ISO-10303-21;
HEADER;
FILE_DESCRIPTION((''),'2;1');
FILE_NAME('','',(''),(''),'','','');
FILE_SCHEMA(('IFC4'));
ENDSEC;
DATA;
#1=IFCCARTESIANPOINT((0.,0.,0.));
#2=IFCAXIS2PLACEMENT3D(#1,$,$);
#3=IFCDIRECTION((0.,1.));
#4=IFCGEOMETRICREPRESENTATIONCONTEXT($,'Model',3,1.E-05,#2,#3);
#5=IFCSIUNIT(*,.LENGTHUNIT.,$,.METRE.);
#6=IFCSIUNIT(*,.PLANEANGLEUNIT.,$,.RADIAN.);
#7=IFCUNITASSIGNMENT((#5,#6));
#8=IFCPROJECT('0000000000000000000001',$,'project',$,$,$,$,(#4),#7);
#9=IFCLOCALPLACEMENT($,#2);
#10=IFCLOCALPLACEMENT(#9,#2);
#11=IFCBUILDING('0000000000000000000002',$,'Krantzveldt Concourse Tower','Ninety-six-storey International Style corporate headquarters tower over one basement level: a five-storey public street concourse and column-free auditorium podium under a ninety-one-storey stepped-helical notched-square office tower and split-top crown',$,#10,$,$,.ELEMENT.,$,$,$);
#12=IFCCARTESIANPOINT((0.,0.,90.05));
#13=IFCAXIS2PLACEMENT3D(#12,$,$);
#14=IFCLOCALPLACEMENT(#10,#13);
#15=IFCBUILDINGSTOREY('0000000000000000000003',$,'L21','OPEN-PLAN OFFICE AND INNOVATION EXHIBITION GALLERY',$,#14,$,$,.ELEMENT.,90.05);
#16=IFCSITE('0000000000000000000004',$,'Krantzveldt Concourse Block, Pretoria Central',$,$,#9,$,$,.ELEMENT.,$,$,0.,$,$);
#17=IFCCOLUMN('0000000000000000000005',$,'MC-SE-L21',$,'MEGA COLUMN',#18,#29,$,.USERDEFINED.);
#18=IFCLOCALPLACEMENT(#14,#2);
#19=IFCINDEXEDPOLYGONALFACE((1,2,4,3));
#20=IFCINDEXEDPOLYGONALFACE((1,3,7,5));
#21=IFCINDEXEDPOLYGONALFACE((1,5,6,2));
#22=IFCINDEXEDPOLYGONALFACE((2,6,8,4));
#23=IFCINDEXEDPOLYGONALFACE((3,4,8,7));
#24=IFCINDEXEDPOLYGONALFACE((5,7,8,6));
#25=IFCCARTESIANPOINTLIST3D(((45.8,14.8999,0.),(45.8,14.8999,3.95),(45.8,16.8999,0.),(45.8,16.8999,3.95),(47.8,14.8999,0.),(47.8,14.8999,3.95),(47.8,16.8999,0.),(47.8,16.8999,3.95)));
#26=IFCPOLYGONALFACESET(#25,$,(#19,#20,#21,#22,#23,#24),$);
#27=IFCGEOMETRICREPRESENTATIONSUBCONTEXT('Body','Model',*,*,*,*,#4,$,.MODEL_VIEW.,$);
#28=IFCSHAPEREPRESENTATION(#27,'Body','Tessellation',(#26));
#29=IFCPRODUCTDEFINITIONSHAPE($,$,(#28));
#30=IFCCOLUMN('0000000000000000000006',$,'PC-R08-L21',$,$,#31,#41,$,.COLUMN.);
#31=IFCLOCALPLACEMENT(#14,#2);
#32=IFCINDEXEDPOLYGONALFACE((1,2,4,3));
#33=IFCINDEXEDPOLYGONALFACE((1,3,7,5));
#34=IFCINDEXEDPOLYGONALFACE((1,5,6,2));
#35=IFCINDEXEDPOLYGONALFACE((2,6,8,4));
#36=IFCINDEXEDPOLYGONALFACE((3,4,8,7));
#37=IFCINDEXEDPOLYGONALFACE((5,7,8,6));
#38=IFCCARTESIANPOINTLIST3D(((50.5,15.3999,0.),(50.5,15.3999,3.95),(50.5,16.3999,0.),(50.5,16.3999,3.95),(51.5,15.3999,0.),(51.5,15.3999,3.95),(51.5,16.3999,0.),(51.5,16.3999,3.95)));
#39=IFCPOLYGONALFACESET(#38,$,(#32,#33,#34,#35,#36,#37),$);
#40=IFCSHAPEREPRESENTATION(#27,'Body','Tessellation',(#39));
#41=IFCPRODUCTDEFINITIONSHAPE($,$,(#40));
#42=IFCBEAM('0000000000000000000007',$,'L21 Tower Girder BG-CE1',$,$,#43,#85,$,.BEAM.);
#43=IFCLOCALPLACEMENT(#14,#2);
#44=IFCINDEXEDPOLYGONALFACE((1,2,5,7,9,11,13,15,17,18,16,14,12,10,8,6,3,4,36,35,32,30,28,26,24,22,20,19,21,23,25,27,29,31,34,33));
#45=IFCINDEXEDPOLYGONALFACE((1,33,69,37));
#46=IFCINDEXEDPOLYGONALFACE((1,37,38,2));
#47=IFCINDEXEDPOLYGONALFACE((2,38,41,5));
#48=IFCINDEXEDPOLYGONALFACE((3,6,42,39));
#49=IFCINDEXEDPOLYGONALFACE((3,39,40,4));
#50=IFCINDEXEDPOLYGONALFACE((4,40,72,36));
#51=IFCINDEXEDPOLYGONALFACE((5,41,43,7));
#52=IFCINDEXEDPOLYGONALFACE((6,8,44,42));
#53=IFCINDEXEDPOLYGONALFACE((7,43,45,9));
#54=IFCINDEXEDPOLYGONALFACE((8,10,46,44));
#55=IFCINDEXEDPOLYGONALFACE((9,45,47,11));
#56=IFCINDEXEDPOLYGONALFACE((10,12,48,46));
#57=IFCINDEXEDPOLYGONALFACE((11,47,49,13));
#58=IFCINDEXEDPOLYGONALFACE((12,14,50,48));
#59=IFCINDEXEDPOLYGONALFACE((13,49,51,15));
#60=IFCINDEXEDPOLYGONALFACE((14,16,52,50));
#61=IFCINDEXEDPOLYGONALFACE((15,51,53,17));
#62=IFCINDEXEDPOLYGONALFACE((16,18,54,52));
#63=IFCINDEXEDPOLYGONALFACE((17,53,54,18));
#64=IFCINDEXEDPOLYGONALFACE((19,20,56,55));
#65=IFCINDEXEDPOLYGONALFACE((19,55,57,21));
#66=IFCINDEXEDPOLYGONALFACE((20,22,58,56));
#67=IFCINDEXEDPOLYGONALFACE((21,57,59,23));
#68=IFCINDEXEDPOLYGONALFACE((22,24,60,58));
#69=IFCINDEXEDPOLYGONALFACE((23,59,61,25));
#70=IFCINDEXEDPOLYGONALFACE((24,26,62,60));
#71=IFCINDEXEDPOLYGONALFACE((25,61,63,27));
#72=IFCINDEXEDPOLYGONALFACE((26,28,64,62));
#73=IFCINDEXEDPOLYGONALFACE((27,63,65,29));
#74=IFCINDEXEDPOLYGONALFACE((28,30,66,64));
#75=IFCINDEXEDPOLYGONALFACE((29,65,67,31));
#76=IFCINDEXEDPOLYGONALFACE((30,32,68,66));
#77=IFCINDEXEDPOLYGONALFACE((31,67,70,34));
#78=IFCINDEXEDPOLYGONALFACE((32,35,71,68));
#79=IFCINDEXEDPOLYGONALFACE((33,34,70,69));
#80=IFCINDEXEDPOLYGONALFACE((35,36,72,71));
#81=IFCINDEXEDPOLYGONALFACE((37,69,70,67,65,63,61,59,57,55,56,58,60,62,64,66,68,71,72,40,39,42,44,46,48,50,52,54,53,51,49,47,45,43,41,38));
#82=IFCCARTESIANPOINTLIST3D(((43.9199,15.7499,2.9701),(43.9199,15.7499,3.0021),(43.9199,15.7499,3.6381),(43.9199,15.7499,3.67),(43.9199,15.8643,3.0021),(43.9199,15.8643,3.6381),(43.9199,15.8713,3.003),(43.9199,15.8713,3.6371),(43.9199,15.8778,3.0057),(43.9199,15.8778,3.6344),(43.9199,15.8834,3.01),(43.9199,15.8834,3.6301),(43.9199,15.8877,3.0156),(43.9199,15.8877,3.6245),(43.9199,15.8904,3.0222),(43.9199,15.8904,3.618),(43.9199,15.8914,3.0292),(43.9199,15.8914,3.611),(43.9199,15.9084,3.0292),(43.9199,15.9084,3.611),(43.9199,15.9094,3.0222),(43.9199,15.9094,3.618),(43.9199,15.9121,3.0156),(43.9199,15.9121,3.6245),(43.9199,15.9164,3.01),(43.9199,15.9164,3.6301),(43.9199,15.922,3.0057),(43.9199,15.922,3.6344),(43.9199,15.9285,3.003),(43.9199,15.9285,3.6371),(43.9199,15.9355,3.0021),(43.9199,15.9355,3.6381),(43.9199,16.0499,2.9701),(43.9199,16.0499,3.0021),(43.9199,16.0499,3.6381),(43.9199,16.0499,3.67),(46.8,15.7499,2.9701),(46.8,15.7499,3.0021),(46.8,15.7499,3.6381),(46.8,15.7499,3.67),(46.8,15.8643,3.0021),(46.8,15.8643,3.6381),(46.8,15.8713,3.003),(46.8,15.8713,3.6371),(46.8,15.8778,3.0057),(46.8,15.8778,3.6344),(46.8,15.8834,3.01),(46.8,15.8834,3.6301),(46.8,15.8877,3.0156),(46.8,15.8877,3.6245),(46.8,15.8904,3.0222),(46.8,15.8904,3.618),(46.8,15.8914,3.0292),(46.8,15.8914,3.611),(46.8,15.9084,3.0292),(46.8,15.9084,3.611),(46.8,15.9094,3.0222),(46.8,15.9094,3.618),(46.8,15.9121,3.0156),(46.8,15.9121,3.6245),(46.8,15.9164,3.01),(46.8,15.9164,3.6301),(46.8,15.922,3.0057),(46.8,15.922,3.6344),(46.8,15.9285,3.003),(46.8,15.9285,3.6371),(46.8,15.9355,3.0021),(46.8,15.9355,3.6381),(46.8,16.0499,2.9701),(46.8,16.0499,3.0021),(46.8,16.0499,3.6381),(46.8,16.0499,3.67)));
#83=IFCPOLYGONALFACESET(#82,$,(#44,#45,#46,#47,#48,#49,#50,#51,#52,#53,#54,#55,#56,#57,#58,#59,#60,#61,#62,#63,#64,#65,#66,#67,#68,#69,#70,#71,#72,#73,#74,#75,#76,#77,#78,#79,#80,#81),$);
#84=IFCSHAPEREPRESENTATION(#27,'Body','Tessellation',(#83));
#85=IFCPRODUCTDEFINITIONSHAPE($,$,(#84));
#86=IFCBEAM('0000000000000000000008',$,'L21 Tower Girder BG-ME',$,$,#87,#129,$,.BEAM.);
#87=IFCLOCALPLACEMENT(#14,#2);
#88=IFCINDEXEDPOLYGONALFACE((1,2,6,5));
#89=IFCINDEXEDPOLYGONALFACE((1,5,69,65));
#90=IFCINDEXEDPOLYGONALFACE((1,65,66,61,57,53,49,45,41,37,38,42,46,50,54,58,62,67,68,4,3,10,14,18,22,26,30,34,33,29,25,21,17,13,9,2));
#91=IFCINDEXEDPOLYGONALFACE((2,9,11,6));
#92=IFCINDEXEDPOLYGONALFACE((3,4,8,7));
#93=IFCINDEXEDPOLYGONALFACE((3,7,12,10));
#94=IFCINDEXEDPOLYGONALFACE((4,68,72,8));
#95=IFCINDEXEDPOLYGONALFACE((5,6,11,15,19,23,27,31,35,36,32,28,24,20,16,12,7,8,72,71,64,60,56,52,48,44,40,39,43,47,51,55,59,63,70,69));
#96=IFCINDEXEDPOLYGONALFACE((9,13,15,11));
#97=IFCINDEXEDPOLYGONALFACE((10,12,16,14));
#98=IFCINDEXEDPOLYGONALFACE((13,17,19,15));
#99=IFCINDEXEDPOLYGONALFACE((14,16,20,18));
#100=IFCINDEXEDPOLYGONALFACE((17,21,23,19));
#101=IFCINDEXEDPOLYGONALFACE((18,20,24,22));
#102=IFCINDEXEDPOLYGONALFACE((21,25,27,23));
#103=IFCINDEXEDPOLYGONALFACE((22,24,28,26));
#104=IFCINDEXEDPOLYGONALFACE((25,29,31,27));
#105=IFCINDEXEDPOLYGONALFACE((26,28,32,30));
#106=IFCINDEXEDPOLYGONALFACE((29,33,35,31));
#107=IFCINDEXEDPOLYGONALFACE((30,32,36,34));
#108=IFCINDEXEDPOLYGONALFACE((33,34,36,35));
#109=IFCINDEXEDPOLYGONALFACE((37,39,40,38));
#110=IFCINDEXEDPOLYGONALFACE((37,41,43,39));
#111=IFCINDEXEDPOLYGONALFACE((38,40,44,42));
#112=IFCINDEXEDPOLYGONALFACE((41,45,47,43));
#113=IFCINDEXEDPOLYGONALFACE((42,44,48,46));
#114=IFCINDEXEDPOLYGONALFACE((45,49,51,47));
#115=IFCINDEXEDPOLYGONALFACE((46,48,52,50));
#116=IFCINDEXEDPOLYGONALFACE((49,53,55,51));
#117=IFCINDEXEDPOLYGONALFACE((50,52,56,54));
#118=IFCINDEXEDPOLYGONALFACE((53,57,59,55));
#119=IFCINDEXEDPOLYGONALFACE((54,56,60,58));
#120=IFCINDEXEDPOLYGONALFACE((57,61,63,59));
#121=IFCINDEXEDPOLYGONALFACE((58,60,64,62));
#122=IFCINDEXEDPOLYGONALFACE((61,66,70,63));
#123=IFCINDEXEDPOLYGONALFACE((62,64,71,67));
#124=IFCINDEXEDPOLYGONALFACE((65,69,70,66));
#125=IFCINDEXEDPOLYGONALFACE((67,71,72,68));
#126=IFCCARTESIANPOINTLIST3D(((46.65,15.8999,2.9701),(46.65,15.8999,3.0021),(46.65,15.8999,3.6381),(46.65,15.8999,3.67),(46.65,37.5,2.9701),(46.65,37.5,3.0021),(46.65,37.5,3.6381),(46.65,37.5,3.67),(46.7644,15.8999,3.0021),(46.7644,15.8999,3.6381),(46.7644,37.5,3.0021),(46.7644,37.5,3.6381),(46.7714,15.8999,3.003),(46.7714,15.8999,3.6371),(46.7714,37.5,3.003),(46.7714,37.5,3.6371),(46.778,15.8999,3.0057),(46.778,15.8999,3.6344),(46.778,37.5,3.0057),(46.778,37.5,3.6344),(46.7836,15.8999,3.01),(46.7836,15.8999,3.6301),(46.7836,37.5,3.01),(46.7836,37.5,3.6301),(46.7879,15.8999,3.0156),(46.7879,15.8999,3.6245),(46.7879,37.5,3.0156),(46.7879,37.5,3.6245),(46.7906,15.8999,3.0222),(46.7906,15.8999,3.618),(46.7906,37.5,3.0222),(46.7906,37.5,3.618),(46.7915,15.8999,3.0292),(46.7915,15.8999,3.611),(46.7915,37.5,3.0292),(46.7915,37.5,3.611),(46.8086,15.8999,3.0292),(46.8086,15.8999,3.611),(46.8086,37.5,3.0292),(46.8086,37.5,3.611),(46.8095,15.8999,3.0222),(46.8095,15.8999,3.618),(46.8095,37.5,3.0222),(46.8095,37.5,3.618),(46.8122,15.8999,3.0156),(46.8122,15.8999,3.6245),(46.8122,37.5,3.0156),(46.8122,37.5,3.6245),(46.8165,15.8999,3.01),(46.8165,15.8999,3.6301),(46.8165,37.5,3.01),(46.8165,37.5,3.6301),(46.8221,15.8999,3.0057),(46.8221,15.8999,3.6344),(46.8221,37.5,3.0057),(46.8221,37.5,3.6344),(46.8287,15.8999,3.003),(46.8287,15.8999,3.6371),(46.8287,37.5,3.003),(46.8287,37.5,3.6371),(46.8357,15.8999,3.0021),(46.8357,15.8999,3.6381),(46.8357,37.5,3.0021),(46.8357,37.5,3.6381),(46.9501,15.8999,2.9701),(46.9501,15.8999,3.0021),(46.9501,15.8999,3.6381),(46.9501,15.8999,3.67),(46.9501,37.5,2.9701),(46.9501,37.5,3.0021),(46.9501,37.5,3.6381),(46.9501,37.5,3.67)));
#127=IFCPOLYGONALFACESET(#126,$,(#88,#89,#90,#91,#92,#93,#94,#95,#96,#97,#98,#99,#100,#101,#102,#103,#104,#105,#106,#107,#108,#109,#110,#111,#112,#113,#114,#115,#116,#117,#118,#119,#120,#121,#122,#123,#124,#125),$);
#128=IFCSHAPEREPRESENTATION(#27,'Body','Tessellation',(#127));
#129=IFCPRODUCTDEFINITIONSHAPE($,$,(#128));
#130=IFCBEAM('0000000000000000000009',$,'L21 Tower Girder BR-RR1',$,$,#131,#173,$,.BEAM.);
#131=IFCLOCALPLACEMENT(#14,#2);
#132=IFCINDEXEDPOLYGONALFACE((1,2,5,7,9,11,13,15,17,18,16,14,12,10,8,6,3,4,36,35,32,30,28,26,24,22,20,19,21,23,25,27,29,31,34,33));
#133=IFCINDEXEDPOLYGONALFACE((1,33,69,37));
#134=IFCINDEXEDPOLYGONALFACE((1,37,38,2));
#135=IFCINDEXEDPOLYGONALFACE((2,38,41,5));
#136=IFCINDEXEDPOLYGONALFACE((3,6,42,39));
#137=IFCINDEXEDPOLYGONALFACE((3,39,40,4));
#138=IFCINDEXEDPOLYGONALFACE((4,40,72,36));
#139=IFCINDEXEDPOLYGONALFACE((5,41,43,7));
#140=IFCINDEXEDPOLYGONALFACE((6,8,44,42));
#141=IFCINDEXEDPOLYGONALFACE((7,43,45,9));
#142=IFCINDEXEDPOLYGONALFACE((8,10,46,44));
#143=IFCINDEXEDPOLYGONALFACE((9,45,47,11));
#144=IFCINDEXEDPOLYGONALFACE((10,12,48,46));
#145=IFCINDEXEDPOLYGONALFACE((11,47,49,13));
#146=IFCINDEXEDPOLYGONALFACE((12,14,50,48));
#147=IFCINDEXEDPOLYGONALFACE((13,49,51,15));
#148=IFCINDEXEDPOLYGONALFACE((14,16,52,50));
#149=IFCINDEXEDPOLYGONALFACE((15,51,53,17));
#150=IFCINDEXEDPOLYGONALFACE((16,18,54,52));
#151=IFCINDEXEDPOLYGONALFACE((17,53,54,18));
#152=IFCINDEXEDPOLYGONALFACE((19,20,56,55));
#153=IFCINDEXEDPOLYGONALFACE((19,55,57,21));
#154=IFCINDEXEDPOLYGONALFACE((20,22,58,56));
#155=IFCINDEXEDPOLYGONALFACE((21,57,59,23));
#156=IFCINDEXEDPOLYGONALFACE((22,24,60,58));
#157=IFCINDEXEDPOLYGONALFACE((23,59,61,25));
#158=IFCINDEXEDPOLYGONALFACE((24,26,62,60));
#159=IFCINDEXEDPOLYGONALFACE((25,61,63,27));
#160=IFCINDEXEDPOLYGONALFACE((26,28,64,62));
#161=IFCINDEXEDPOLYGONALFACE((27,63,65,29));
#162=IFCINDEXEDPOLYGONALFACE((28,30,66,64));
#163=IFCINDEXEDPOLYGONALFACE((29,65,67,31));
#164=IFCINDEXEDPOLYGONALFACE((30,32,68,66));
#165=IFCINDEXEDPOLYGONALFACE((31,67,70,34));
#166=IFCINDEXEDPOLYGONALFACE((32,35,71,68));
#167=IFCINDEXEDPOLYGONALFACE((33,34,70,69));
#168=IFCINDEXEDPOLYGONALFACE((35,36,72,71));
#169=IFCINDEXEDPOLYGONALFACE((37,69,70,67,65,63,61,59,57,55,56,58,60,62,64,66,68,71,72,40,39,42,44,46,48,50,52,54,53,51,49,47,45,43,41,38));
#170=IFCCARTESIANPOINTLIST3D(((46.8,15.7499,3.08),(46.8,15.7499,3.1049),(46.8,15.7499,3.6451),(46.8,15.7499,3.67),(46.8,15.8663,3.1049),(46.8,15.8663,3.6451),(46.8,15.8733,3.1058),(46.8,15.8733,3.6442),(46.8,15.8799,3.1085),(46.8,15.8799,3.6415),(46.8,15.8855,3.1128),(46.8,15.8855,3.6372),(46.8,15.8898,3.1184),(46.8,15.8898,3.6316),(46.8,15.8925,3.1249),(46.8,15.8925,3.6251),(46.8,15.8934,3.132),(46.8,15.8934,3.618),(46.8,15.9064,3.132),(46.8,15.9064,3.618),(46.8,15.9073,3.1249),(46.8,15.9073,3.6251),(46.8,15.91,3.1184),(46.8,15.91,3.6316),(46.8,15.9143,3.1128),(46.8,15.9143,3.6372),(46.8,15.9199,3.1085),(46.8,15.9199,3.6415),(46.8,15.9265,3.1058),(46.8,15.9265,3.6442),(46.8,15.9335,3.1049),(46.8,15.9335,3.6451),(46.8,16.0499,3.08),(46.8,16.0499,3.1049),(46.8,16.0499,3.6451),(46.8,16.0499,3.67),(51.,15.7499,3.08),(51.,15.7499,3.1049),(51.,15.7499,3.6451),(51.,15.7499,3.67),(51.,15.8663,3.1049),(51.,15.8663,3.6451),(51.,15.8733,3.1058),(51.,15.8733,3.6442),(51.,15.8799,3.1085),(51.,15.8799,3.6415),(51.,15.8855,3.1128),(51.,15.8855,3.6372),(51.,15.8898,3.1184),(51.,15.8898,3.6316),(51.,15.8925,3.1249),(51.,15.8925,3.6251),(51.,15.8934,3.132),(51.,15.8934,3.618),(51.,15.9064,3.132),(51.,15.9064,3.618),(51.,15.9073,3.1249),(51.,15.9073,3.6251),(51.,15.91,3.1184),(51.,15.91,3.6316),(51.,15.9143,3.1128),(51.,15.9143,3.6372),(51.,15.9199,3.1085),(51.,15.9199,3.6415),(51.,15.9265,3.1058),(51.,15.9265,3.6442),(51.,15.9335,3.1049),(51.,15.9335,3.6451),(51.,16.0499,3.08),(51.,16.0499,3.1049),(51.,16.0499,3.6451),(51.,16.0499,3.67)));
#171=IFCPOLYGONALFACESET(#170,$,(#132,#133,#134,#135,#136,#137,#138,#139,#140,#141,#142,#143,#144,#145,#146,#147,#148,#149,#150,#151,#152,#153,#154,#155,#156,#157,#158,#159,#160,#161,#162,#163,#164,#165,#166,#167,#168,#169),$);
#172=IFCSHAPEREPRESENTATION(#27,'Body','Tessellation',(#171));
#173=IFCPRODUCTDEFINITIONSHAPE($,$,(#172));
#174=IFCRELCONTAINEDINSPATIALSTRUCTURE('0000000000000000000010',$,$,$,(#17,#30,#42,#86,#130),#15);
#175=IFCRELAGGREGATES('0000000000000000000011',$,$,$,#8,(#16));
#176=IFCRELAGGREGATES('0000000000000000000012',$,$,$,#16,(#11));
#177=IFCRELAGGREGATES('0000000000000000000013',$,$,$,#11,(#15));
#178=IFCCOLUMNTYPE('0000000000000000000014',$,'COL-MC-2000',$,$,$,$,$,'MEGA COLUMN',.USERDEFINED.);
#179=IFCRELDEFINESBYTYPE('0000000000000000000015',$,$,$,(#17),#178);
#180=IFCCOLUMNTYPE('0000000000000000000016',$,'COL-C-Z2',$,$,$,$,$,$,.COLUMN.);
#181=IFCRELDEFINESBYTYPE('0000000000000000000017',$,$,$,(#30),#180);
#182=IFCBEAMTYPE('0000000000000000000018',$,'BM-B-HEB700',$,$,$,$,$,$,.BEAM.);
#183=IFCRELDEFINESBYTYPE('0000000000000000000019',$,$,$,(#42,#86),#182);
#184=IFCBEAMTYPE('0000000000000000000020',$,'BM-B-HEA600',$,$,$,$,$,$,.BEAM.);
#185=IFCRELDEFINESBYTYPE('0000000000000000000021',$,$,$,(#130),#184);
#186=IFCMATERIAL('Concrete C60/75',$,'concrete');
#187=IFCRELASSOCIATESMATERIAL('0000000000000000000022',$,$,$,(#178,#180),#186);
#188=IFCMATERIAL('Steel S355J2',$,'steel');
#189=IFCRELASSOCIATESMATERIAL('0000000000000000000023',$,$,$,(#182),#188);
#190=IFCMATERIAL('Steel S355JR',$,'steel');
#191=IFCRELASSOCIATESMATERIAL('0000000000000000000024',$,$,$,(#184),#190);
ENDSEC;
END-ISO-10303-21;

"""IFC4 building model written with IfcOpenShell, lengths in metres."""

from ifc_helpers import new_model, si_unit, direction, frame, origin, origin_2d, place, context, subcontext, project, spatial, rectangle, i_section, extrude, source, transform, mapped, material, material_profile, profile_set, type_object, type_shapes, element, save


model = new_model("IFC4")

# Units and contexts
model_context = context("Model", 3, precision=1e-05, world=origin(), true_north=direction((0.0, 1.0)))
body_context = subcontext(model_context, "Body", "Model", "MODEL_VIEW")
ifc_project = project(units=[si_unit("LENGTHUNIT", "METRE"), si_unit("PLANEANGLEUNIT", "RADIAN")], contexts=[model_context])

# Site, building, storey
site_placement = place(None, origin())
site = spatial("IfcSite", under=ifc_project, at=site_placement, Name="Krantzveldt Concourse Block, Pretoria Central", CompositionType="ELEMENT", RefElevation=0.0)
building_placement = place(site_placement, origin())
building = spatial("IfcBuilding", under=site, at=building_placement, Name="Krantzveldt Concourse Tower", Description="Ninety-six-storey International Style corporate headquarters tower over one basement level: a five-storey public street concourse and column-free auditorium podium under a ninety-one-storey stepped-helical notched-square office tower and split-top crown", CompositionType="ELEMENT")
storey_placement = place(building_placement, frame((0.0, 0.0, 90.05)))
storey = spatial("IfcBuildingStorey", under=building, at=storey_placement, Name="L21", Description="OPEN-PLAN OFFICE AND INNOVATION EXHIBITION GALLERY", CompositionType="ELEMENT", Elevation=90.05)

# Columns
ifc_material_1 = material(Name="Concrete C60/75", Category="concrete")
ifc_material_profile_1 = material_profile(ifc_material_1, rectangle(XDim=2.0, YDim=2.0, at=origin_2d()), Name="Concrete C60/75", Category="concrete")
ifc_profile_set_1 = profile_set([ifc_material_profile_1], Name="Concrete C60/75 - RC 2000x2000")
column_type_1 = type_object("IfcColumnType", Name="COL-MC-2000", ElementType="MEGA COLUMN", PredefinedType="USERDEFINED", material=ifc_profile_set_1)
shared_shape_1 = source(origin(), body_context, "Body", "SweptSolid", [
    extrude(rectangle(XDim=2.0, YDim=2.0, at=origin_2d()), origin(), (0.0, 0.0, 1.0), 3.95),
])
type_shapes(column_type_1, [shared_shape_1])
column_1_placement = place(storey_placement, frame((46.8, 15.8999, 0.0), z_axis=(0.0, 0.0, 1.0), x_axis=(1.0, 0.0, 0.0)))
element("IfcColumn", 1, at=column_1_placement, inside=storey, type_object=column_type_1, Name="MC-SE-L21", ObjectType="MEGA COLUMN", PredefinedType="USERDEFINED", context=body_context, shape_type="MappedRepresentation", body=[
    mapped(shared_shape_1, transform((0.0, 0.0, 0.0), x_axis=(1.0, 0.0, 0.0), y_axis=(0.0, 1.0, 0.0), z_axis=(0.0, 0.0, 1.0), scale=1.0)),
])
ifc_material_profile_2 = material_profile(ifc_material_1, rectangle(XDim=1.0, YDim=1.0, at=origin_2d()), Name="Concrete C60/75", Category="concrete")
ifc_profile_set_2 = profile_set([ifc_material_profile_2], Name="Concrete C60/75 - RC 1000x1000")
column_type_2 = type_object("IfcColumnType", Name="COL-C-Z2", PredefinedType="COLUMN", material=ifc_profile_set_2)
shared_shape_2 = source(origin(), body_context, "Body", "SweptSolid", [
    extrude(rectangle(XDim=1.0, YDim=1.0, at=origin_2d()), origin(), (0.0, 0.0, 1.0), 3.95),
])
type_shapes(column_type_2, [shared_shape_2])
column_2_placement = place(storey_placement, frame((51.0, 15.8999, 0.0), z_axis=(0.0, 0.0, 1.0), x_axis=(1.0, 0.0, 0.0)))
element("IfcColumn", 2, at=column_2_placement, inside=storey, type_object=column_type_2, Name="PC-R08-L21", PredefinedType="COLUMN", context=body_context, shape_type="MappedRepresentation", body=[
    mapped(shared_shape_2, transform((0.0, 0.0, 0.0), x_axis=(1.0, 0.0, 0.0), y_axis=(0.0, 1.0, 0.0), z_axis=(0.0, 0.0, 1.0), scale=1.0)),
])

# Beams
ifc_material_2 = material(Name="Steel S355J2", Category="steel")
ifc_material_profile_3 = material_profile(ifc_material_2, i_section(OverallWidth=0.3, OverallDepth=0.7, WebThickness=0.0171, FlangeThickness=0.032, FilletRadius=0.0271, at=origin_2d()), Name="Steel S355J2", Category="steel")
ifc_profile_set_3 = profile_set([ifc_material_profile_3], Name="Steel S355J2 - HEB 700")
beam_type_1 = type_object("IfcBeamType", Name="BM-B-HEB700", PredefinedType="BEAM", material=ifc_profile_set_3)
shared_shape_3 = source(origin(), body_context, "Body", "SweptSolid", [
    extrude(i_section(OverallWidth=0.3, OverallDepth=0.7, WebThickness=0.0171, FlangeThickness=0.032, FilletRadius=0.0271, at=origin_2d()), origin(), (0.0, 0.0, 1.0), 2.8801),
])
beam_1_placement = place(storey_placement, frame((43.9199, 15.8999, 3.3201), z_axis=(1.0, 0.0, 0.0), x_axis=(0.0, 1.0, 0.0)))
element("IfcBeam", 3, at=beam_1_placement, inside=storey, type_object=beam_type_1, Name="L21 Tower Girder BG-CE1", PredefinedType="BEAM", context=body_context, shape_type="MappedRepresentation", body=[
    mapped(shared_shape_3, transform((0.0, 0.0, 0.0), x_axis=(1.0, 0.0, 0.0), y_axis=(0.0, 1.0, 0.0), z_axis=(0.0, 0.0, 1.0), scale=1.0)),
])
shared_shape_4 = source(origin(), body_context, "Body", "SweptSolid", [
    extrude(i_section(OverallWidth=0.3, OverallDepth=0.7, WebThickness=0.0171, FlangeThickness=0.032, FilletRadius=0.0271, at=origin_2d()), origin(), (0.0, 0.0, 1.0), 21.6001),
])
type_shapes(beam_type_1, [shared_shape_3, shared_shape_4])
beam_2_placement = place(storey_placement, frame((46.8, 15.8999, 3.3201), z_axis=(0.0, 1.0, 0.0), x_axis=(-1.0, 0.0, 0.0)))
element("IfcBeam", 4, at=beam_2_placement, inside=storey, type_object=beam_type_1, Name="L21 Tower Girder BG-ME", PredefinedType="BEAM", context=body_context, shape_type="MappedRepresentation", body=[
    mapped(shared_shape_4, transform((0.0, 0.0, 0.0), x_axis=(1.0, 0.0, 0.0), y_axis=(0.0, 1.0, 0.0), z_axis=(0.0, 0.0, 1.0), scale=1.0)),
])
ifc_material_3 = material(Name="Steel S355JR", Category="steel")
ifc_material_profile_4 = material_profile(ifc_material_3, i_section(OverallWidth=0.3, OverallDepth=0.5901, WebThickness=0.0129, FlangeThickness=0.0249, FilletRadius=0.0271, at=origin_2d()), Name="Steel S355JR", Category="steel")
ifc_profile_set_4 = profile_set([ifc_material_profile_4], Name="Steel S355JR - HEA 600")
beam_type_2 = type_object("IfcBeamType", Name="BM-B-HEA600", PredefinedType="BEAM", material=ifc_profile_set_4)
shared_shape_5 = source(origin(), body_context, "Body", "SweptSolid", [
    extrude(i_section(OverallWidth=0.3, OverallDepth=0.5901, WebThickness=0.0129, FlangeThickness=0.0249, FilletRadius=0.0271, at=origin_2d()), origin(), (0.0, 0.0, 1.0), 4.2),
])
beam_3_placement = place(storey_placement, frame((46.8, 15.8999, 3.375), z_axis=(1.0, 0.0, 0.0), x_axis=(0.0, 1.0, 0.0)))
element("IfcBeam", 5, at=beam_3_placement, inside=storey, type_object=beam_type_2, Name="L21 Tower Girder BR-RR1", PredefinedType="BEAM", context=body_context, shape_type="MappedRepresentation", body=[
    mapped(shared_shape_5, transform((0.0, 0.0, 0.0), x_axis=(1.0, 0.0, 0.0), y_axis=(0.0, 1.0, 0.0), z_axis=(0.0, 0.0, 1.0), scale=1.0)),
])

save(model, "model.ifc")
